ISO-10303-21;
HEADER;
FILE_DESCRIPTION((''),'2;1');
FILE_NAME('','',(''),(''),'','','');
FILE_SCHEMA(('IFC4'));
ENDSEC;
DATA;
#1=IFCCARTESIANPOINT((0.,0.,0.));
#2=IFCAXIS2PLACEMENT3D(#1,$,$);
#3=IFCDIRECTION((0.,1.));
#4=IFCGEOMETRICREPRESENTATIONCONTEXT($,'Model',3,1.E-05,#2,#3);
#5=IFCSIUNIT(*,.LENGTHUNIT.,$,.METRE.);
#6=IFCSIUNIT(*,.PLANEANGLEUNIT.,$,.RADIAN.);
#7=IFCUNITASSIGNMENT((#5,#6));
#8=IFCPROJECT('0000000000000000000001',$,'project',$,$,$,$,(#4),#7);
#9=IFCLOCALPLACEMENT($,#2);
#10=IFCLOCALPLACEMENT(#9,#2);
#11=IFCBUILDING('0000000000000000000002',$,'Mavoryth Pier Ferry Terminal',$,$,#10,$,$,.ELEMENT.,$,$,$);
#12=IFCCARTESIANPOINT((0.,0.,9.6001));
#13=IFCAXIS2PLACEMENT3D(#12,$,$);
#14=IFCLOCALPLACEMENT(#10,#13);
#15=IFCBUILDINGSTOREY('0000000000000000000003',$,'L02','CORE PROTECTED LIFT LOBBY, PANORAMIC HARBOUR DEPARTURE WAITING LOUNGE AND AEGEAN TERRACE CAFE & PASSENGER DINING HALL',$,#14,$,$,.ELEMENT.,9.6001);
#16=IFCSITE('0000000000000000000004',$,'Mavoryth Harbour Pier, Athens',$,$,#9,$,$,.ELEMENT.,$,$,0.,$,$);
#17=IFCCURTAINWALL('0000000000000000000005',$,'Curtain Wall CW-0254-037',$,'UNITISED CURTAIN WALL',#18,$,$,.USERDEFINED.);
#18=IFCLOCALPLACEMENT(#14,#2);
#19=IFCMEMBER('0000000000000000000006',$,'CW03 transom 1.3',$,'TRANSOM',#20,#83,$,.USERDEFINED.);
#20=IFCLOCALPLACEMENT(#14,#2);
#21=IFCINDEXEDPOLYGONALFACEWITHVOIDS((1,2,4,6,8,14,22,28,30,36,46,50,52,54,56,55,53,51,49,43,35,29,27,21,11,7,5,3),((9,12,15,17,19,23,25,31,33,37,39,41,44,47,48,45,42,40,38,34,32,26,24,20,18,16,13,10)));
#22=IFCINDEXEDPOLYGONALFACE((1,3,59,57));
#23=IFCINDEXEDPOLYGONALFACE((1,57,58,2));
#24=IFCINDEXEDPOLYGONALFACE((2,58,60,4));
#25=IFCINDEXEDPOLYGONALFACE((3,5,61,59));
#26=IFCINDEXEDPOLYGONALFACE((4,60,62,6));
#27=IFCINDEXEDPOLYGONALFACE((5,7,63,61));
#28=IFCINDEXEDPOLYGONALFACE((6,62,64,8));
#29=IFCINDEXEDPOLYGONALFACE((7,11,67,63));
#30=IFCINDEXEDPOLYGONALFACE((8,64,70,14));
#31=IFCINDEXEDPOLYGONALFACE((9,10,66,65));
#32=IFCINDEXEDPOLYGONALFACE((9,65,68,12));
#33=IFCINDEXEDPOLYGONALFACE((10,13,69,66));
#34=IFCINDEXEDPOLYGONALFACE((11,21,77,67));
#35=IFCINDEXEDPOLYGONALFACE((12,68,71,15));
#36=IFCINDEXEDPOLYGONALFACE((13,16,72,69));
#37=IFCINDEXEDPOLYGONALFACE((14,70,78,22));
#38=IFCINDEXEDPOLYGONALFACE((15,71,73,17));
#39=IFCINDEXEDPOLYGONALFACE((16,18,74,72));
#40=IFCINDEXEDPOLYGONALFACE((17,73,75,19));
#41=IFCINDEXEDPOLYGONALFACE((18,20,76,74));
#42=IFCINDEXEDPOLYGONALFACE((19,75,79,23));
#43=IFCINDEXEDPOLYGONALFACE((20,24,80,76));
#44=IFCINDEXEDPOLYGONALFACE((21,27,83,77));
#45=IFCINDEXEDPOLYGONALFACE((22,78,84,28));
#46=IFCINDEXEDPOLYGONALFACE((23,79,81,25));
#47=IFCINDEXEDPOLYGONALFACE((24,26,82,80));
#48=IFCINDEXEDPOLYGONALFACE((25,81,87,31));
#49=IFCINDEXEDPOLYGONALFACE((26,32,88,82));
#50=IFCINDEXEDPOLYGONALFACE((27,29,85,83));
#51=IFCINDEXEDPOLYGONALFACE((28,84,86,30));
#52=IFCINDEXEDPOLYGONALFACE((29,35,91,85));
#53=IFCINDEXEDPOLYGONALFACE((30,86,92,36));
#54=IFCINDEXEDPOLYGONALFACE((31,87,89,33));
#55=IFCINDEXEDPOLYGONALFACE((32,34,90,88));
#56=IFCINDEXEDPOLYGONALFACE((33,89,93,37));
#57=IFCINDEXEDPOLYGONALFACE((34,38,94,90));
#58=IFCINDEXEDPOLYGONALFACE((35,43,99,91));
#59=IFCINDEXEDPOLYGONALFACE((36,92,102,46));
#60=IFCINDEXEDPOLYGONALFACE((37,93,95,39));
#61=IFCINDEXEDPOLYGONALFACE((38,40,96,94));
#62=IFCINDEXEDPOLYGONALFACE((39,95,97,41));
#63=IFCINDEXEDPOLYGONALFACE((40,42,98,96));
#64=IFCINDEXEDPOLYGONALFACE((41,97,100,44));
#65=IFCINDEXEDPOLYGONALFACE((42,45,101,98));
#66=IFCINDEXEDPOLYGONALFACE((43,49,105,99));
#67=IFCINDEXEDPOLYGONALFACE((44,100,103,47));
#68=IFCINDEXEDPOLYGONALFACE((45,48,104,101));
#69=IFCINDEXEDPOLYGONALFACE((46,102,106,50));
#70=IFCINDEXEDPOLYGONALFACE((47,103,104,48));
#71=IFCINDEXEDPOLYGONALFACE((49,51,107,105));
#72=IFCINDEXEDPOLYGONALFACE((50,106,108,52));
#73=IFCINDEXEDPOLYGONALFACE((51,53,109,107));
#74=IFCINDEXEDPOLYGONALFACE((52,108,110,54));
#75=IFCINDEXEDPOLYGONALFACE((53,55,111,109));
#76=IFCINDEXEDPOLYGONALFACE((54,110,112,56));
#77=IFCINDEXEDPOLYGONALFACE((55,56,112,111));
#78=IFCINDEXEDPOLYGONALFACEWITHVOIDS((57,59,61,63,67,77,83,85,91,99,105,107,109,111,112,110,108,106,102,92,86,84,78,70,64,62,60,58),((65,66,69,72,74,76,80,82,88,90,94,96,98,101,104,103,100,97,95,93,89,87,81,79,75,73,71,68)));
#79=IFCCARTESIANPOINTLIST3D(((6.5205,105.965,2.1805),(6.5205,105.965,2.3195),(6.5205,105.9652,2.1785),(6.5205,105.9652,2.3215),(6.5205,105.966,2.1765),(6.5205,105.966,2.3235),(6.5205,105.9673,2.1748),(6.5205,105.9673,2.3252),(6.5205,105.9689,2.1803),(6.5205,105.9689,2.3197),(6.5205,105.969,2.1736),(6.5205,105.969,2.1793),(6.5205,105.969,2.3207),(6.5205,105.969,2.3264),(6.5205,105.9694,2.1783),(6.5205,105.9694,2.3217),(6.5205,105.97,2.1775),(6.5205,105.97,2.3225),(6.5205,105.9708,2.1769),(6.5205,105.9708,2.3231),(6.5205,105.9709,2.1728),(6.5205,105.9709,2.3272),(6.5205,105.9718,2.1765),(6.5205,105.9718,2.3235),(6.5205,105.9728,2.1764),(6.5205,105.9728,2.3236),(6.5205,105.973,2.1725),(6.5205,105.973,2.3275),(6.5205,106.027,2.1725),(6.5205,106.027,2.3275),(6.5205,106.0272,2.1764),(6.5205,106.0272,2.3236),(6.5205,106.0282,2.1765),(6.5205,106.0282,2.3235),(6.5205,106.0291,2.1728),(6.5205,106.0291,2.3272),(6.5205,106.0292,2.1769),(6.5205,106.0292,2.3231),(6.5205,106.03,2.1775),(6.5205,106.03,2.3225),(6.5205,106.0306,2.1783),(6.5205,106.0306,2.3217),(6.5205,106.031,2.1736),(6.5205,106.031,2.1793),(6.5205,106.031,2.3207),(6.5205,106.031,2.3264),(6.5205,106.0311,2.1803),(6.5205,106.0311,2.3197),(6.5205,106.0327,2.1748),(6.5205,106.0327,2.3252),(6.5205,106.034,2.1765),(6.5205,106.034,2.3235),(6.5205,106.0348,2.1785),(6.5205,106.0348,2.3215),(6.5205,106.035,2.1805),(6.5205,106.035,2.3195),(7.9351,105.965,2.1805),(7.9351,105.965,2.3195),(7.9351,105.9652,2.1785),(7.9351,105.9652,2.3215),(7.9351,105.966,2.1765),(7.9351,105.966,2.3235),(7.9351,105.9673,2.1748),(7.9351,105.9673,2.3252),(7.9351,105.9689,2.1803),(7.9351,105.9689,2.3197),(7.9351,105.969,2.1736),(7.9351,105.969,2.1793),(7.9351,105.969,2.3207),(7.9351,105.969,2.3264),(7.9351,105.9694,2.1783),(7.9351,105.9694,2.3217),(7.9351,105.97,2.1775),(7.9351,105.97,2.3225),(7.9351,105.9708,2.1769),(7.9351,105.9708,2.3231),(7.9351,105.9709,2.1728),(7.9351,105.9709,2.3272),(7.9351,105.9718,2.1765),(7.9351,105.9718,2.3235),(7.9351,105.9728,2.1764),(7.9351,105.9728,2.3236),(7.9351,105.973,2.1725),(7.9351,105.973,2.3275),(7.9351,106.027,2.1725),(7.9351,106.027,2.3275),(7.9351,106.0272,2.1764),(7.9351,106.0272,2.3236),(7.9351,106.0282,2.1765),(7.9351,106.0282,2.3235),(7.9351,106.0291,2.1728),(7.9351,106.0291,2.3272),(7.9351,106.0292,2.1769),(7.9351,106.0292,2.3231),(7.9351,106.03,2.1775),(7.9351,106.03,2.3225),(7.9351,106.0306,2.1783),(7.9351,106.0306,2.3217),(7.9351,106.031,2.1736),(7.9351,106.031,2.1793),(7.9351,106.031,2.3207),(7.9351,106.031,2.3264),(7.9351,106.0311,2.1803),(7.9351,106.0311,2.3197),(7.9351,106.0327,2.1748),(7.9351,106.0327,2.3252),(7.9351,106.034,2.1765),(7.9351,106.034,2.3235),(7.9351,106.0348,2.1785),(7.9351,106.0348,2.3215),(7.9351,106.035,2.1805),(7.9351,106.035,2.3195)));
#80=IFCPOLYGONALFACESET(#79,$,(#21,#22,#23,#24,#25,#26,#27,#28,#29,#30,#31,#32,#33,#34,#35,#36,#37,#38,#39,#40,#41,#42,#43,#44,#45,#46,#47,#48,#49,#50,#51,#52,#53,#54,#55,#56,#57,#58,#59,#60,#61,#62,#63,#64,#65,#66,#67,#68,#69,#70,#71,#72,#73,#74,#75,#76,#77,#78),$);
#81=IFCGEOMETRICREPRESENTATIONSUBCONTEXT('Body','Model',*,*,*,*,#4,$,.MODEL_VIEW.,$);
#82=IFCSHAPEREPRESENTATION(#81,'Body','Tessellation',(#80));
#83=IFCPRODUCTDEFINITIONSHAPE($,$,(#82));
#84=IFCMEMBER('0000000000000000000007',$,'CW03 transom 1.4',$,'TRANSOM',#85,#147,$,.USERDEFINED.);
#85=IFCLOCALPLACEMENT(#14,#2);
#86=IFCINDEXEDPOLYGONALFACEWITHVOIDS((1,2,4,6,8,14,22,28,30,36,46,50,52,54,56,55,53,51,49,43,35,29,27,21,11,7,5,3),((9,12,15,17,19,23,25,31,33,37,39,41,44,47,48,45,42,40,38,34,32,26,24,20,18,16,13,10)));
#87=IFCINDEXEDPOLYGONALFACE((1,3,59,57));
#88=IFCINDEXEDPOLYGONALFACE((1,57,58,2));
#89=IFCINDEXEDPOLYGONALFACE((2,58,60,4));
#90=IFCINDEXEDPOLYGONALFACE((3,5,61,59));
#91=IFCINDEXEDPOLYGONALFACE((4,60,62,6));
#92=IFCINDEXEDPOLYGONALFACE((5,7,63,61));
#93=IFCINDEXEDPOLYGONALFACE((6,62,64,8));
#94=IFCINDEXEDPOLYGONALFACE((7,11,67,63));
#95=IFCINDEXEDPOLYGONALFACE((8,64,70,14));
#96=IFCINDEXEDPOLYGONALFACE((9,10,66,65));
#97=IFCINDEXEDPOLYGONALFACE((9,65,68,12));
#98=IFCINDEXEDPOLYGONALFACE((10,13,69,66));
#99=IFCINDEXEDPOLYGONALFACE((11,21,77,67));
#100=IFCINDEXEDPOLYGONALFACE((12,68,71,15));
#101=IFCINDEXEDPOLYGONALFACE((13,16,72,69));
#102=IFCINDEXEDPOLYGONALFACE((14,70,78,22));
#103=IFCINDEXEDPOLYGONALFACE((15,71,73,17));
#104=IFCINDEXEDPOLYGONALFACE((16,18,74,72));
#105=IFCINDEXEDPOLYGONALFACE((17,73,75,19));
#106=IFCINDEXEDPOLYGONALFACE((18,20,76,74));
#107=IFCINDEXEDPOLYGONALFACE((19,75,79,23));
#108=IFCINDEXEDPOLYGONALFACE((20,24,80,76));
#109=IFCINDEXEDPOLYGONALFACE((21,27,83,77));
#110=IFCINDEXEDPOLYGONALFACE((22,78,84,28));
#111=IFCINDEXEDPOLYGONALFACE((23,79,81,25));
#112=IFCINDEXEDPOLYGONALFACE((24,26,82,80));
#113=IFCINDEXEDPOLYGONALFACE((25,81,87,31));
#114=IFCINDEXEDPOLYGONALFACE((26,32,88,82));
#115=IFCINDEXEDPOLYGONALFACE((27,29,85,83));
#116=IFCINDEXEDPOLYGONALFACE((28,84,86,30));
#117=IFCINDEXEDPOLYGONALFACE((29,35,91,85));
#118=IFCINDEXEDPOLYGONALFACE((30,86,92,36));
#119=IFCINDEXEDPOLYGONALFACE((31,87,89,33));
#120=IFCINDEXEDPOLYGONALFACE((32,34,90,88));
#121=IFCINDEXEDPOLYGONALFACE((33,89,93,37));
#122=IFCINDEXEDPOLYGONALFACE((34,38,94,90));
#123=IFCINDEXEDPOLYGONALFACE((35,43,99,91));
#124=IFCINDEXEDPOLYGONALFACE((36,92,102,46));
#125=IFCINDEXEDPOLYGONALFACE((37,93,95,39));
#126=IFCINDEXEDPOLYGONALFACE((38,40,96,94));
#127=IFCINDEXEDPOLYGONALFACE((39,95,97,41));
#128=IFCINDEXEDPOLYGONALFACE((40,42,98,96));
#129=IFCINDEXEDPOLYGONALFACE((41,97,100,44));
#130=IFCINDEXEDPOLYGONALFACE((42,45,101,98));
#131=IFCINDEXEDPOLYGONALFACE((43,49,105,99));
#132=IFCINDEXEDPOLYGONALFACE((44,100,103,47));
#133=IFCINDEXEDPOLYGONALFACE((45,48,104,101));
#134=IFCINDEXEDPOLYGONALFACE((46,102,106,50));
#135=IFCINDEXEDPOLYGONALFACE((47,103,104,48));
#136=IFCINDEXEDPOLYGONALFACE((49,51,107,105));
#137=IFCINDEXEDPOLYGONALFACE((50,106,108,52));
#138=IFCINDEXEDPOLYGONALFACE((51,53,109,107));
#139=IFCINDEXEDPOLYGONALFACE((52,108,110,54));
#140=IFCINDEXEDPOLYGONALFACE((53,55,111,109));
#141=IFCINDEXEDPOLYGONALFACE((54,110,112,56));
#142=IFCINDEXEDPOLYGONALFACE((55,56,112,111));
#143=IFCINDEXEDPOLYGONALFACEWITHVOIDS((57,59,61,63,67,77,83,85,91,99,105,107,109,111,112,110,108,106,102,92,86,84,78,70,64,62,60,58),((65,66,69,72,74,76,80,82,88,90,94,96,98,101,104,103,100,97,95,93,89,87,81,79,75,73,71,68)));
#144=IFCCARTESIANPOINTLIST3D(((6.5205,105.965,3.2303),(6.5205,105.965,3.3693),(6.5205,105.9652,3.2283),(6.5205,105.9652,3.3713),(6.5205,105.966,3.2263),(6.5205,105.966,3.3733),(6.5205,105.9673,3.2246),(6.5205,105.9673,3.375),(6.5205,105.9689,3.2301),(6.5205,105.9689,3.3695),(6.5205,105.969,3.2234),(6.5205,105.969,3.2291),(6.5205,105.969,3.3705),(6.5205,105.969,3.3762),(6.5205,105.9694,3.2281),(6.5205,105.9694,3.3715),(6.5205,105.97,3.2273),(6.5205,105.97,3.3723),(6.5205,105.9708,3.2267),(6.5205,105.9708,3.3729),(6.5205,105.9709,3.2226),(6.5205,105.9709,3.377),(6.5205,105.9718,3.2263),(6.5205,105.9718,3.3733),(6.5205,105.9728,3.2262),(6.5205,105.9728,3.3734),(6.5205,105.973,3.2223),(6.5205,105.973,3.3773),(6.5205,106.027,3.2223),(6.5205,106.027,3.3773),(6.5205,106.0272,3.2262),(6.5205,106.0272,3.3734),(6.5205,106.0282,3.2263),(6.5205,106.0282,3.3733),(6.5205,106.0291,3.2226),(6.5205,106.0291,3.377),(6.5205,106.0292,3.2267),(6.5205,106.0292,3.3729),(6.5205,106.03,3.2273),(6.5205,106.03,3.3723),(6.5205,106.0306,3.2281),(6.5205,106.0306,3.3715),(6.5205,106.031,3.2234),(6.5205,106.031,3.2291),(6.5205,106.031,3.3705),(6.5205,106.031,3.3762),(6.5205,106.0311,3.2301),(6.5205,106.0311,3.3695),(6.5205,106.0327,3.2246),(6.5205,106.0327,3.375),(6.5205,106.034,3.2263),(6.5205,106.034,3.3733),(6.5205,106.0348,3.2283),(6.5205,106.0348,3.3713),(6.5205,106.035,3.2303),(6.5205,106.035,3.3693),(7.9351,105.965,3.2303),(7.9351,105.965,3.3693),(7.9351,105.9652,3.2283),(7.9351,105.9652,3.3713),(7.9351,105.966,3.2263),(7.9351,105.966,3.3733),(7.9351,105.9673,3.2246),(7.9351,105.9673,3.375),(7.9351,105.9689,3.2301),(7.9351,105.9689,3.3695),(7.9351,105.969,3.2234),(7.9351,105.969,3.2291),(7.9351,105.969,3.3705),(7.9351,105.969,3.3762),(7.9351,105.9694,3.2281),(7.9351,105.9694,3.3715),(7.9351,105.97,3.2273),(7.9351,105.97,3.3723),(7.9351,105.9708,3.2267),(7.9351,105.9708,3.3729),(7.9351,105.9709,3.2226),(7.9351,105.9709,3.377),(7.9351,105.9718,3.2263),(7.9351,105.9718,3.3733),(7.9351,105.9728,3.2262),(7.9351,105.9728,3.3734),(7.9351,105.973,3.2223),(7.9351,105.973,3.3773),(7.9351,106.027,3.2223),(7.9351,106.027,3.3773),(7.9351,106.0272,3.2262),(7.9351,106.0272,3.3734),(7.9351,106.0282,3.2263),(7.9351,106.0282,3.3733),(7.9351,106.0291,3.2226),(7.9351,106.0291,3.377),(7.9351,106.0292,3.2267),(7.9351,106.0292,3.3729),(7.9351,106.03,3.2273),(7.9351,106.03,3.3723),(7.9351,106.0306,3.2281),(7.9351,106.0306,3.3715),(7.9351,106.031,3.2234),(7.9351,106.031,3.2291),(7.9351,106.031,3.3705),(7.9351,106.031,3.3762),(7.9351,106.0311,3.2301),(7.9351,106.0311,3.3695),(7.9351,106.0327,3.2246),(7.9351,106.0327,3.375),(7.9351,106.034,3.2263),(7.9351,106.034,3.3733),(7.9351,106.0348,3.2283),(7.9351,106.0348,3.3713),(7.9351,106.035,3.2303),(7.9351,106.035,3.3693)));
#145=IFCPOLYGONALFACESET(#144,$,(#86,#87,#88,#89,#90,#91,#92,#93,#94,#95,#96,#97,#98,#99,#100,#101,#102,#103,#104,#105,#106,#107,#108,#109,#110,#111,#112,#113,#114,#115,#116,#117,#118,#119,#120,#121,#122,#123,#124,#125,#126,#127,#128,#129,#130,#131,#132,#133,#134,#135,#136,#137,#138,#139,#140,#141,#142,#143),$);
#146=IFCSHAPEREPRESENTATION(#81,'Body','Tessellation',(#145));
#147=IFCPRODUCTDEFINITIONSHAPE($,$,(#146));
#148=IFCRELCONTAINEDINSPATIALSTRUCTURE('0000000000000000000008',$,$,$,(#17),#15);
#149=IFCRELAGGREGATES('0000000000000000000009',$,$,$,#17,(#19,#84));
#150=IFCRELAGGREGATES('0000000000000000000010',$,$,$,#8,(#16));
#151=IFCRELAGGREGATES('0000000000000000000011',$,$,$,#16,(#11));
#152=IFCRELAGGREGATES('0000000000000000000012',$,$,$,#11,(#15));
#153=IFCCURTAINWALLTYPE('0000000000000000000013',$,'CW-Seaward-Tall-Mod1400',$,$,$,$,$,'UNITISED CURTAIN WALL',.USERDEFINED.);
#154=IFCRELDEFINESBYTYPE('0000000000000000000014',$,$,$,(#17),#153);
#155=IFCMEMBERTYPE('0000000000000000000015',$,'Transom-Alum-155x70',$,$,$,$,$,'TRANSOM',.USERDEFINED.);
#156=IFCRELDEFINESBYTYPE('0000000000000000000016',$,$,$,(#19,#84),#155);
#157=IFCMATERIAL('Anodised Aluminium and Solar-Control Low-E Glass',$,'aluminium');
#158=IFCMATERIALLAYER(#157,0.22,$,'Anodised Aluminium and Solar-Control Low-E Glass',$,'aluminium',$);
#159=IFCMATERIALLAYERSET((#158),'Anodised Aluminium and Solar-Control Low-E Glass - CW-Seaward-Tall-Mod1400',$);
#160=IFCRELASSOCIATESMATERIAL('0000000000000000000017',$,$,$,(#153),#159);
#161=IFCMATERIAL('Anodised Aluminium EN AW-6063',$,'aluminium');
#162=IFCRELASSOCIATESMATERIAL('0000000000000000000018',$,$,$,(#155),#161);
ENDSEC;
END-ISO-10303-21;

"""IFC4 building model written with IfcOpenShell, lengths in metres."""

from ifc_helpers import new_model, si_unit, direction, frame, origin, origin_2d, place, context, subcontext, project, spatial, hollow_rectangle, extrude, material, layer, layer_set, material_profile, profile_set, type_object, element, aggregate, save


model = new_model("IFC4")

# Units and contexts
model_context = context("Model", 3, precision=1e-05, world=origin(), true_north=direction((0.0, 1.0)))
body_context = subcontext(model_context, "Body", "Model", "MODEL_VIEW")
ifc_project = project(units=[si_unit("LENGTHUNIT", "METRE"), si_unit("PLANEANGLEUNIT", "RADIAN")], contexts=[model_context])

# Site, building, storey
site_placement = place(None, origin())
site = spatial("IfcSite", under=ifc_project, at=site_placement, Name="Mavoryth Harbour Pier, Athens", CompositionType="ELEMENT", RefElevation=0.0)
building_placement = place(site_placement, origin())
building = spatial("IfcBuilding", under=site, at=building_placement, Name="Mavoryth Pier Ferry Terminal", CompositionType="ELEMENT")
storey_placement = place(building_placement, frame((0.0, 0.0, 9.6001)))
storey = spatial("IfcBuildingStorey", under=building, at=storey_placement, Name="L02", Description="CORE PROTECTED LIFT LOBBY, PANORAMIC HARBOUR DEPARTURE WAITING LOUNGE AND AEGEAN TERRACE CAFE & PASSENGER DINING HALL", CompositionType="ELEMENT", Elevation=9.6001)

# Curtain wall, members
ifc_material_1 = material(Name="Anodised Aluminium and Solar-Control Low-E Glass", Category="aluminium")
ifc_layer_1 = layer(ifc_material_1, 0.22, Name="Anodised Aluminium and Solar-Control Low-E Glass", Category="aluminium")
ifc_layer_set_1 = layer_set([ifc_layer_1], Name="Anodised Aluminium and Solar-Control Low-E Glass - CW-Seaward-Tall-Mod1400")
curtain_wall_type = type_object("IfcCurtainWallType", Name="CW-Seaward-Tall-Mod1400", ElementType="UNITISED CURTAIN WALL", PredefinedType="USERDEFINED", material=ifc_layer_set_1)
curtain_wall_placement = place(storey_placement, origin())
curtain_wall = element("IfcCurtainWall", 1, at=curtain_wall_placement, inside=storey, type_object=curtain_wall_type, Name="Curtain Wall CW-0254-037", ObjectType="UNITISED CURTAIN WALL", PredefinedType="USERDEFINED")
ifc_material_2 = material(Name="Anodised Aluminium EN AW-6063", Category="aluminium")
ifc_material_profile_1 = material_profile(ifc_material_2, hollow_rectangle(XDim=0.0701, YDim=0.155, WallThickness=0.0039, InnerFilletRadius=0.0039, OuterFilletRadius=0.0081, at=origin_2d()), Name="AL-TRAN 155x70x4", Category="aluminium")
ifc_profile_set_1 = profile_set([ifc_material_profile_1], Name="Anodised Aluminium EN AW-6063 - AL-TRAN 155x70x4")
member_type_1 = type_object("IfcMemberType", Name="Transom-Alum-155x70", ElementType="TRANSOM", PredefinedType="USERDEFINED", material=ifc_profile_set_1)
member_1_placement = place(storey_placement, frame((7.9351, 106.0, 2.25), z_axis=(-1.0, 0.0, 0.0), x_axis=(0.0, -1.0, 0.0)))
member_1 = element("IfcMember", 2, at=member_1_placement, type_object=member_type_1, Name="CW03 transom 1.3", ObjectType="TRANSOM", PredefinedType="USERDEFINED", context=body_context, shape_type="SweptSolid", body=[
    extrude(hollow_rectangle(XDim=0.0701, YDim=0.155, WallThickness=0.0039, InnerFilletRadius=0.0039, OuterFilletRadius=0.0081, at=origin_2d()), origin(), (0.0, 0.0, 1.0), 1.4146),
])
member_2_placement = place(storey_placement, frame((7.9351, 106.0, 3.2998), z_axis=(-1.0, 0.0, 0.0), x_axis=(0.0, -1.0, 0.0)))
member_2 = element("IfcMember", 3, at=member_2_placement, type_object=member_type_1, Name="CW03 transom 1.4", ObjectType="TRANSOM", PredefinedType="USERDEFINED", context=body_context, shape_type="SweptSolid", body=[
    extrude(hollow_rectangle(XDim=0.0701, YDim=0.155, WallThickness=0.0039, InnerFilletRadius=0.0039, OuterFilletRadius=0.0081, at=origin_2d()), origin(), (0.0, 0.0, 1.0), 1.4146),
])
aggregate(curtain_wall, [member_1, member_2])

save(model, "model.ifc")
